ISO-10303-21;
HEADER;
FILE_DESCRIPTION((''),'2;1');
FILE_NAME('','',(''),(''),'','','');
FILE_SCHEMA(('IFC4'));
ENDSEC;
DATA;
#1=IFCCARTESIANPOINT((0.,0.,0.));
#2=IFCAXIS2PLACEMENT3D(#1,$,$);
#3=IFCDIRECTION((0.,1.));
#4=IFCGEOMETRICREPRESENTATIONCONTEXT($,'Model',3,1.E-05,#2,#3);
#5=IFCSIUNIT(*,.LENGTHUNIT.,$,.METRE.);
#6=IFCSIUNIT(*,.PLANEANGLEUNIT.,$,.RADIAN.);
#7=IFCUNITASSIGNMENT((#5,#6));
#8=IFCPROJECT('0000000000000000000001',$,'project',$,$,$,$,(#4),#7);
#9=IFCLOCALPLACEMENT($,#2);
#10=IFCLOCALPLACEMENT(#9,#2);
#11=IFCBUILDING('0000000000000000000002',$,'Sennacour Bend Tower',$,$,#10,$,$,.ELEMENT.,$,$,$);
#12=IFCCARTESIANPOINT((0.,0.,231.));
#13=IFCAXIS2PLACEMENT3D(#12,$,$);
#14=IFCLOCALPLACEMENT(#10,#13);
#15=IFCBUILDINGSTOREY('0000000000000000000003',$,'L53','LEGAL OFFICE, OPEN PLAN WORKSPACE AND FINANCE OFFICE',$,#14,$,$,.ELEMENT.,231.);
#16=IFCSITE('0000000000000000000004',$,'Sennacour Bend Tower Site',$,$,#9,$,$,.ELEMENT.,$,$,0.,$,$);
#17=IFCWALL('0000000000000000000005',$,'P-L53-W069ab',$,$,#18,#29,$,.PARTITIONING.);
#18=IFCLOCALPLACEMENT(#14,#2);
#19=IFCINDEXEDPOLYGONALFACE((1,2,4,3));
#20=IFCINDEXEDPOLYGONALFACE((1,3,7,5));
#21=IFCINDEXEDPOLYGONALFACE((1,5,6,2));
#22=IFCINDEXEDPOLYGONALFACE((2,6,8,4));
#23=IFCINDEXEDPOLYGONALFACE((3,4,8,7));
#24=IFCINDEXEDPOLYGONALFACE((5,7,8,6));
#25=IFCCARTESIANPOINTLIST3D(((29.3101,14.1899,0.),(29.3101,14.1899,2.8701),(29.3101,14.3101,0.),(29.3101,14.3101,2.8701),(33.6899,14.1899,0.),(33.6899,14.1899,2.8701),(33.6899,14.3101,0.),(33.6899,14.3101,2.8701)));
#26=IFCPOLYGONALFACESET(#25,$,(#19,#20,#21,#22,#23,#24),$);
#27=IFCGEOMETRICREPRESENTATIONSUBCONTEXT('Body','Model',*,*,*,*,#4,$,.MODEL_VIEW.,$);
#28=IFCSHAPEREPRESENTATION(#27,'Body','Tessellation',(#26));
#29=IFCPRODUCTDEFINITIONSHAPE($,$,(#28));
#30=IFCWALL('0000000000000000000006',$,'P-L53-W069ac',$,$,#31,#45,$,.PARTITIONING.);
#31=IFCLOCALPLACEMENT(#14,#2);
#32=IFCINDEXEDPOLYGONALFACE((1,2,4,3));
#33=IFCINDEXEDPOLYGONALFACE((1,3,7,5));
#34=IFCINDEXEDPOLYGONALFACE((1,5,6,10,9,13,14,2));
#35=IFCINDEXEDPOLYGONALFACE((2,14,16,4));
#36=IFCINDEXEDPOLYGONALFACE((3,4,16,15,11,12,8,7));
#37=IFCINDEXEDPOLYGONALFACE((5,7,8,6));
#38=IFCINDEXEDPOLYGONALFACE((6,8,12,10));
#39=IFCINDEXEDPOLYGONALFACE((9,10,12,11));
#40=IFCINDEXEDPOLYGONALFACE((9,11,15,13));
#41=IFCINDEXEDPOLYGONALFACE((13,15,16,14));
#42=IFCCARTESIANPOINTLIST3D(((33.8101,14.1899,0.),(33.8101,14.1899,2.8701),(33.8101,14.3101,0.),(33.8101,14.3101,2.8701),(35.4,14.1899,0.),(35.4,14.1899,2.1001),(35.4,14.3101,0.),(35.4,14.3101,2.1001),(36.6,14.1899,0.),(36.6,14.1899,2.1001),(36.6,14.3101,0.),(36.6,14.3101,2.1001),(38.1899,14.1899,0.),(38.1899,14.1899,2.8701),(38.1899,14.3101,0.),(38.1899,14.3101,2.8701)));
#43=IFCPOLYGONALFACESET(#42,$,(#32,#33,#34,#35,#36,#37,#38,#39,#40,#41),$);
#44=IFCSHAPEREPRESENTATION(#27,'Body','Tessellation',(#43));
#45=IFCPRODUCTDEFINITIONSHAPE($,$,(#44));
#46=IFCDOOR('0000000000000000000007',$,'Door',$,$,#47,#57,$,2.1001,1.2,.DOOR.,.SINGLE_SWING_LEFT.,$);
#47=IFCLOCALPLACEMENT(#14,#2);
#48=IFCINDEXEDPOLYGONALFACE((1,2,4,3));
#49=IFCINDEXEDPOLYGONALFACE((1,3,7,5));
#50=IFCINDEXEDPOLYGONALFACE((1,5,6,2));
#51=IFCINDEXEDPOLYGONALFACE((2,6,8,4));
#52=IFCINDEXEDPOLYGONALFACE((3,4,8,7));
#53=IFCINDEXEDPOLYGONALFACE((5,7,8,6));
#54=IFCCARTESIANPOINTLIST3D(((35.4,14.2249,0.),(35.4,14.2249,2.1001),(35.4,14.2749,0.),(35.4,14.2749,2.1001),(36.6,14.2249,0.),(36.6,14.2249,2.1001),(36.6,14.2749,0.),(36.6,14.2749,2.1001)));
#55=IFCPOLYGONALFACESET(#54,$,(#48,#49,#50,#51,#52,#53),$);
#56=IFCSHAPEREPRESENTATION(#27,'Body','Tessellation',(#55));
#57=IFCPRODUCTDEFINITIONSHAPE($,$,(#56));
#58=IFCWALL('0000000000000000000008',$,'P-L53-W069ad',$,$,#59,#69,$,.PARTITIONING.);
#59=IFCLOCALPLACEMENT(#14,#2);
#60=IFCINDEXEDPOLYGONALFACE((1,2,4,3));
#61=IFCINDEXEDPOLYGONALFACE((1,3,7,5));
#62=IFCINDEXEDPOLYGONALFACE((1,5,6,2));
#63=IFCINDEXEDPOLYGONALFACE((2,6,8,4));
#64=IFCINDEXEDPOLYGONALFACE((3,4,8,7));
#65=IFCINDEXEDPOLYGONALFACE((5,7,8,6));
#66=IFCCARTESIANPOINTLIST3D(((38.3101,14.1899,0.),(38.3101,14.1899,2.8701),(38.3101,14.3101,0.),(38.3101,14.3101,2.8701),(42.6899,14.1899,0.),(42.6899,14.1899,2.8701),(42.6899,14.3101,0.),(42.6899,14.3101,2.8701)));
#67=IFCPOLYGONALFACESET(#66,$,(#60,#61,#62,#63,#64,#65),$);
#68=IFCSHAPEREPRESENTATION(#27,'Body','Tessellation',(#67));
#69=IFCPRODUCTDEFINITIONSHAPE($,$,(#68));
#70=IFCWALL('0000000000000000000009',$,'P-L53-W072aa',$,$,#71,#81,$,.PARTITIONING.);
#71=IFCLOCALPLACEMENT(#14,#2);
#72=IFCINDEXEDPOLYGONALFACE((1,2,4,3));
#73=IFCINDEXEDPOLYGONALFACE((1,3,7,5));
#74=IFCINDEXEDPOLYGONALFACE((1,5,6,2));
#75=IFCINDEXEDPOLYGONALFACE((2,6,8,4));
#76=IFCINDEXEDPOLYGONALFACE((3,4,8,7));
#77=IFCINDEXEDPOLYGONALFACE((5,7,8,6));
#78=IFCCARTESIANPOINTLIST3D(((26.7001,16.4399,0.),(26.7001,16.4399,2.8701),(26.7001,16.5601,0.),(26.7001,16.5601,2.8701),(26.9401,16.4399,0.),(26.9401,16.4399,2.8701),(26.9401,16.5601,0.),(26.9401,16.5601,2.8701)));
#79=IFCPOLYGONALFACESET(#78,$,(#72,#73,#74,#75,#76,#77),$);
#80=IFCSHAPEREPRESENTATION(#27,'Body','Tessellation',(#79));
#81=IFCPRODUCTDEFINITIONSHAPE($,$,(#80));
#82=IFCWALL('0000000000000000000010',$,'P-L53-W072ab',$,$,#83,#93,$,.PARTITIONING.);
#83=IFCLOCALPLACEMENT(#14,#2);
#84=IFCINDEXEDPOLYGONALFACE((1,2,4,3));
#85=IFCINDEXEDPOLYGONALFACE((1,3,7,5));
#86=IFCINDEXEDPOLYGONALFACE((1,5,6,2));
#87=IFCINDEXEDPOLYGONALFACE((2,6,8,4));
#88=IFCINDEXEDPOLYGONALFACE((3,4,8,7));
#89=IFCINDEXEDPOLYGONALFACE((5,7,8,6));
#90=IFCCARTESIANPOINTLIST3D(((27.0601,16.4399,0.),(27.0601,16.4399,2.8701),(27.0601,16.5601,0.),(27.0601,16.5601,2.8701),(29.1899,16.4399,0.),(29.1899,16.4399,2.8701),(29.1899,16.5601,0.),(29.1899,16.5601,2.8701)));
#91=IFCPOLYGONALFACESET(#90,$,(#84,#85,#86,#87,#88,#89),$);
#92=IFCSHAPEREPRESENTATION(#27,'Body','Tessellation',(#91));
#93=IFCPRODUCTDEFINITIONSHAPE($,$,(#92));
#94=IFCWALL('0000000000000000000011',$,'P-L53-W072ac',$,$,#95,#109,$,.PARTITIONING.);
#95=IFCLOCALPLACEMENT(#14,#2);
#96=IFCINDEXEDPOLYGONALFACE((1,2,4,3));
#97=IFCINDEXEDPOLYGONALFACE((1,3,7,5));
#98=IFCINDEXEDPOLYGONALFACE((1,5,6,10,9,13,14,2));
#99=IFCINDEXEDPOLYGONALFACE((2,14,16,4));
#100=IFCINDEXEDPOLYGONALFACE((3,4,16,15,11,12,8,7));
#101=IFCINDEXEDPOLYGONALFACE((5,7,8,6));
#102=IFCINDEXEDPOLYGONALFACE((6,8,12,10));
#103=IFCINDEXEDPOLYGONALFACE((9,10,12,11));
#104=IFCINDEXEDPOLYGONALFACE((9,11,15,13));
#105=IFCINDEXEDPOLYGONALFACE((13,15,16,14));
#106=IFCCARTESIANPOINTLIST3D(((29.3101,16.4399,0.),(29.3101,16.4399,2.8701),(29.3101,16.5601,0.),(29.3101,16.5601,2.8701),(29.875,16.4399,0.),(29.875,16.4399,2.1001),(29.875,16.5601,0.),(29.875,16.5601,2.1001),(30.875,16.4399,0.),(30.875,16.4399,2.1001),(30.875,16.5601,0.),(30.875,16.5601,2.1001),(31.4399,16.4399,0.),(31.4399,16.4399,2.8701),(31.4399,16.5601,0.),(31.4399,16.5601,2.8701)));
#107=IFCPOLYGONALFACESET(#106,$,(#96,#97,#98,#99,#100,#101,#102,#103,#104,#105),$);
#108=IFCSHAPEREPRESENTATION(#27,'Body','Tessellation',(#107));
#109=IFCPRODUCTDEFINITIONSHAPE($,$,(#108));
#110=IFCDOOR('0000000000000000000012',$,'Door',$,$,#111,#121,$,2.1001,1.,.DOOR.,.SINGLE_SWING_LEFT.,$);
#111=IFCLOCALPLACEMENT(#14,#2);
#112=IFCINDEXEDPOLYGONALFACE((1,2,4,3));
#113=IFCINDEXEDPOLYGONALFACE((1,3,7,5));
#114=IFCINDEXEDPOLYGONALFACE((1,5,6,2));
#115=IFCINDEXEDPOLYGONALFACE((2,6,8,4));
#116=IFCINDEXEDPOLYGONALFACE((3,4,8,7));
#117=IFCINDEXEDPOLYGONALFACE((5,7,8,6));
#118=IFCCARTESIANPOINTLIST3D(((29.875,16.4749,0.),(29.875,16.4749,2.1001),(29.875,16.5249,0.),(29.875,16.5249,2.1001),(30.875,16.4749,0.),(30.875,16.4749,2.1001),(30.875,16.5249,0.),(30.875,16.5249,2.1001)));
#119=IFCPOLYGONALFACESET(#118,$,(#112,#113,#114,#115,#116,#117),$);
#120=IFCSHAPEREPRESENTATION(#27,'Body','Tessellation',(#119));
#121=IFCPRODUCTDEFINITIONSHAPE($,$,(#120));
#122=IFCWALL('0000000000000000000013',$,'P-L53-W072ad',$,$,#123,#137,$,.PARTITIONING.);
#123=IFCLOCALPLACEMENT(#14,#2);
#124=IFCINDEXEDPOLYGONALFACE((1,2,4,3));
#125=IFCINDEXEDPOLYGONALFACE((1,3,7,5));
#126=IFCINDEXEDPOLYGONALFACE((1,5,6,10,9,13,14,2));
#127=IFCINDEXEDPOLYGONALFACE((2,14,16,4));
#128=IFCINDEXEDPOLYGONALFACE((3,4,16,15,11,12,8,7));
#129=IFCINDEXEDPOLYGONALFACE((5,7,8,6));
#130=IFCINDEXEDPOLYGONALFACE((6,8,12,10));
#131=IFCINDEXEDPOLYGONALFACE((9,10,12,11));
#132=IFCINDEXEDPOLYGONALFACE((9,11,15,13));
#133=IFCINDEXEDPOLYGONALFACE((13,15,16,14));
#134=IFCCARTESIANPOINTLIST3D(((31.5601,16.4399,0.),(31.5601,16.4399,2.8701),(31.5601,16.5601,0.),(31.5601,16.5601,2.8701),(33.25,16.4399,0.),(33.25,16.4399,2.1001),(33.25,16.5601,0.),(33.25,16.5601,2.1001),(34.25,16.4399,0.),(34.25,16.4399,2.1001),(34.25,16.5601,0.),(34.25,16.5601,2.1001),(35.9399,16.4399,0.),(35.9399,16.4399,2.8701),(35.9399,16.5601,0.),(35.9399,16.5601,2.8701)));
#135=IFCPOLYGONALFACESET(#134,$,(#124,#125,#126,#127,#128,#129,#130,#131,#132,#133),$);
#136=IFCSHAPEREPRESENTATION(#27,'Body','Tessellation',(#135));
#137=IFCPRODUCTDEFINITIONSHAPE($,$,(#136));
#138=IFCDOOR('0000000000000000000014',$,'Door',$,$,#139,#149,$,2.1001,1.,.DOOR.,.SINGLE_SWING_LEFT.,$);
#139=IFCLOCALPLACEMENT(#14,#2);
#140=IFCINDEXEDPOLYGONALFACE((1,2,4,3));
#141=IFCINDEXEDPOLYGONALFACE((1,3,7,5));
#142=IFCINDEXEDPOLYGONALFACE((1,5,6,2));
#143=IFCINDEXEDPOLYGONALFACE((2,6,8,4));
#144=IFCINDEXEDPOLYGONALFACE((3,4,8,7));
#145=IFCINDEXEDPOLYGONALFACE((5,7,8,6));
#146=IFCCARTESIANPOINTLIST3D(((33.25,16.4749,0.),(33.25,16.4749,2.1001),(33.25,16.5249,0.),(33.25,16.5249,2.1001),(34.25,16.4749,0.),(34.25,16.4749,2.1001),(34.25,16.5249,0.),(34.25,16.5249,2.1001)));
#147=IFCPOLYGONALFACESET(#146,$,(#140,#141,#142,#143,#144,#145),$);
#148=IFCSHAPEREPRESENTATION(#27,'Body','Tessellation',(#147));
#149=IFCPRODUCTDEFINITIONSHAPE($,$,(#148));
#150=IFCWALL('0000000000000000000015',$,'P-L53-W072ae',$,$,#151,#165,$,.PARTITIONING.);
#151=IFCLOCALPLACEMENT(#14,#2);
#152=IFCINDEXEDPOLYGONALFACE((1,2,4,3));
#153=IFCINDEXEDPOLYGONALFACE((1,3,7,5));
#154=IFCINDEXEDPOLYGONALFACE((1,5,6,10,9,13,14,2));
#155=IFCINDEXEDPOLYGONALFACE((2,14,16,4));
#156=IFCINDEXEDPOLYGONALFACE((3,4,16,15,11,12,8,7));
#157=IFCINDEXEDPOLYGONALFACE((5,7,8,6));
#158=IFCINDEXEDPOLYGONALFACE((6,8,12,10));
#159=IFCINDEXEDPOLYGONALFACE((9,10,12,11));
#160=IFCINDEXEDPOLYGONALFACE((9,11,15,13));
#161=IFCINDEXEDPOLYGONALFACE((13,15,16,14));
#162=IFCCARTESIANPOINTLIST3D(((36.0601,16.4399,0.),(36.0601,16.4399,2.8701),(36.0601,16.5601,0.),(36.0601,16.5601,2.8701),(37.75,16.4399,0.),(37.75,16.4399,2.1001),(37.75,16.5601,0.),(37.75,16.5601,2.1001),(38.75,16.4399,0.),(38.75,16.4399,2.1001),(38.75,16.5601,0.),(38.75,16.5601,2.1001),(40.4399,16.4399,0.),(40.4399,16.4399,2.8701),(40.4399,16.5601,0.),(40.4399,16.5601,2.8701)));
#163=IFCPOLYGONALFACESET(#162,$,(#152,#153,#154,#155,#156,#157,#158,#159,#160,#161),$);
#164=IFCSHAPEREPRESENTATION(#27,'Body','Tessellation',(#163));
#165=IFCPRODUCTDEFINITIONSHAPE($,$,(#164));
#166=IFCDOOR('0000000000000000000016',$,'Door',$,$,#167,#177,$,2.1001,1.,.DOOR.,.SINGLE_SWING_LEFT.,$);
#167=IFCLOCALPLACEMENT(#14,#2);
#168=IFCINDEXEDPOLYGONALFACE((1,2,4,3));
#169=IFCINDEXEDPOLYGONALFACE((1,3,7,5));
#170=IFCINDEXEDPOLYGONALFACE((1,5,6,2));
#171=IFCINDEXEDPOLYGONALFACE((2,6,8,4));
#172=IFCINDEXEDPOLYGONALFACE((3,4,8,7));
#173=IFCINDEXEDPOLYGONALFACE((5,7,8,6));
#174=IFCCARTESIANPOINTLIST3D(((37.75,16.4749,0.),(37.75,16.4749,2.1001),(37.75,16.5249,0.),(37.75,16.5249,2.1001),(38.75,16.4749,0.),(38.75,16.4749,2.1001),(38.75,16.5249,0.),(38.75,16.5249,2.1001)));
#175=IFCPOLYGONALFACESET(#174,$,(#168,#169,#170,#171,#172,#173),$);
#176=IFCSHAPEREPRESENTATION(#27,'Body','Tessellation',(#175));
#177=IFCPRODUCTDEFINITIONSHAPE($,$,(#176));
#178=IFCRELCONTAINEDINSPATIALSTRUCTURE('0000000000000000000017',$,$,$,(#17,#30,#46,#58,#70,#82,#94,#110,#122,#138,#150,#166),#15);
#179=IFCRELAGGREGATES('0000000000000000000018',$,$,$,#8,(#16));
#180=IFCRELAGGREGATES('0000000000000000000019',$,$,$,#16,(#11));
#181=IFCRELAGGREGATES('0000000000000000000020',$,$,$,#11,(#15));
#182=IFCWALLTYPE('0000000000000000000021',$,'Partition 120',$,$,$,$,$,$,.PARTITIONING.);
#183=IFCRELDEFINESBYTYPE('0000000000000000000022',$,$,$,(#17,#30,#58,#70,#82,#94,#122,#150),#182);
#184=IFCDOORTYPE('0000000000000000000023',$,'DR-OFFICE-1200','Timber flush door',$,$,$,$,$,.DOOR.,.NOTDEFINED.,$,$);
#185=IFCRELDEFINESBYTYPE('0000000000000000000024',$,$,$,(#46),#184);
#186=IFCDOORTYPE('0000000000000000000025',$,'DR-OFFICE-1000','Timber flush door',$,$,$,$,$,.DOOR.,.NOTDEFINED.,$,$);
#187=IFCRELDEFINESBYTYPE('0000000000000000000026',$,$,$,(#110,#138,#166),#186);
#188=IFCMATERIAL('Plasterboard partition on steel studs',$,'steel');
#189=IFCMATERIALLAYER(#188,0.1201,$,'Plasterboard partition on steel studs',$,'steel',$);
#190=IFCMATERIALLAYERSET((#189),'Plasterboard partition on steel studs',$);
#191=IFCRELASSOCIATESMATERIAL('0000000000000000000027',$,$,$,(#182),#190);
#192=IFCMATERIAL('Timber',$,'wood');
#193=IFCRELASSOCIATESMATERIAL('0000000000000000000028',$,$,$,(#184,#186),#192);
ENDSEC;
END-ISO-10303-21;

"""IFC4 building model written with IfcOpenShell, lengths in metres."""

from ifc_helpers import new_model, si_unit, direction, frame, frame_2d, origin, place, context, subcontext, project, spatial, rectangle, extrude, material, layer, layer_set, type_object, element, fill, save


model = new_model("IFC4")

# Units and contexts
model_context = context("Model", 3, precision=1e-05, world=origin(), true_north=direction((0.0, 1.0)))
body_context = subcontext(model_context, "Body", "Model", "MODEL_VIEW")
ifc_project = project(units=[si_unit("LENGTHUNIT", "METRE"), si_unit("PLANEANGLEUNIT", "RADIAN")], contexts=[model_context])

# Site, building, storey
site_placement = place(None, origin())
site = spatial("IfcSite", under=ifc_project, at=site_placement, Name="Sennacour Bend Tower Site", CompositionType="ELEMENT", RefElevation=0.0)
building_placement = place(site_placement, origin())
building = spatial("IfcBuilding", under=site, at=building_placement, Name="Sennacour Bend Tower", CompositionType="ELEMENT")
storey_placement = place(building_placement, frame((0.0, 0.0, 231.0)))
storey = spatial("IfcBuildingStorey", under=building, at=storey_placement, Name="L53", Description="LEGAL OFFICE, OPEN PLAN WORKSPACE AND FINANCE OFFICE", CompositionType="ELEMENT", Elevation=231.0)

# Wall
ifc_material_1 = material(Name="Plasterboard partition on steel studs", Category="steel")
ifc_layer_1 = layer(ifc_material_1, 0.1201, Name="Plasterboard partition on steel studs", Category="steel")
ifc_layer_set_1 = layer_set([ifc_layer_1], Name="Plasterboard partition on steel studs")
wall_type_1 = type_object("IfcWallType", Name="Partition 120", PredefinedType="PARTITIONING", material=ifc_layer_set_1)
wall_1_placement = place(storey_placement, frame((29.3101, 14.25, 0.0), z_axis=(0.0, 0.0, 1.0), x_axis=(1.0, 0.0, 0.0)))
element("IfcWall", 1, at=wall_1_placement, inside=storey, type_object=wall_type_1, Name="P-L53-W069ab", PredefinedType="PARTITIONING", context=body_context, shape_type="SweptSolid", body=[
    extrude(rectangle(XDim=4.3799, YDim=0.1201, at=frame_2d((2.1899, 0.0))), origin(), (0.0, 0.0, 1.0), 2.8701),
])

# Wall, opening, door
wall_2_placement = place(storey_placement, frame((33.8101, 14.25, 0.0), z_axis=(0.0, 0.0, 1.0), x_axis=(1.0, 0.0, 0.0)))
wall_2 = element("IfcWall", 2, at=wall_2_placement, inside=storey, type_object=wall_type_1, Name="P-L53-W069ac", PredefinedType="PARTITIONING", context=body_context, shape_type="SweptSolid", body=[
    extrude(rectangle(XDim=4.3799, YDim=0.1201, at=frame_2d((2.1899, 0.0))), origin(), (0.0, 0.0, 1.0), 2.8701),
])
opening_1_placement = place(wall_2_placement, frame((1.5898, 0.0, 0.0)))
opening_1 = element("IfcOpeningElement", 3, at=opening_1_placement, cuts=wall_2, PredefinedType="OPENING", context=body_context, shape_type="SweptSolid", body=[
    extrude(rectangle(XDim=1.2, YDim=2.1001, at=frame_2d((0.6001, 1.05))), frame((0.0, 0.0701, 0.0), z_axis=(0.0, -1.0, 0.0), x_axis=(1.0, 0.0, 0.0)), (0.0, 0.0, 1.0), 0.1401),
])
ifc_material_2 = material(Name="Timber", Category="wood")
door_type_1 = type_object("IfcDoorType", Name="DR-OFFICE-1200", Description="Timber flush door", OperationType="NOTDEFINED", PredefinedType="DOOR", material=ifc_material_2)
door_1_placement = place(opening_1_placement, origin())
door_1 = element("IfcDoor", 4, at=door_1_placement, inside=storey, type_object=door_type_1, Name="Door", OperationType="SINGLE_SWING_LEFT", OverallHeight=2.1001, OverallWidth=1.2, PredefinedType="DOOR", context=body_context, shape_type="SweptSolid", body=[
    extrude(rectangle(XDim=1.2, YDim=2.1001, at=frame_2d((0.6001, 1.05))), frame((0.0, 0.0249, 0.0), z_axis=(0.0, -1.0, 0.0), x_axis=(1.0, 0.0, 0.0)), (0.0, 0.0, 1.0), 0.05),
])
fill(opening_1, door_1)

# Walls
wall_3_placement = place(storey_placement, frame((38.3101, 14.25, 0.0), z_axis=(0.0, 0.0, 1.0), x_axis=(1.0, 0.0, 0.0)))
element("IfcWall", 5, at=wall_3_placement, inside=storey, type_object=wall_type_1, Name="P-L53-W069ad", PredefinedType="PARTITIONING", context=body_context, shape_type="SweptSolid", body=[
    extrude(rectangle(XDim=4.3799, YDim=0.1201, at=frame_2d((2.1899, 0.0))), origin(), (0.0, 0.0, 1.0), 2.8701),
])
wall_4_placement = place(storey_placement, frame((26.7, 16.5, 0.0), z_axis=(0.0, 0.0, 1.0), x_axis=(1.0, 0.0, 0.0)))
element("IfcWall", 6, at=wall_4_placement, inside=storey, type_object=wall_type_1, Name="P-L53-W072aa", PredefinedType="PARTITIONING", context=body_context, shape_type="SweptSolid", body=[
    extrude(rectangle(XDim=0.24, YDim=0.1201, at=frame_2d((0.1201, 0.0))), origin(), (0.0, 0.0, 1.0), 2.8701),
])
wall_5_placement = place(storey_placement, frame((27.0601, 16.5, 0.0), z_axis=(0.0, 0.0, 1.0), x_axis=(1.0, 0.0, 0.0)))
element("IfcWall", 7, at=wall_5_placement, inside=storey, type_object=wall_type_1, Name="P-L53-W072ab", PredefinedType="PARTITIONING", context=body_context, shape_type="SweptSolid", body=[
    extrude(rectangle(XDim=2.1299, YDim=0.1201, at=frame_2d((1.0649, 0.0))), origin(), (0.0, 0.0, 1.0), 2.8701),
])

# Walls, openings, doors
wall_6_placement = place(storey_placement, frame((29.3101, 16.5, 0.0), z_axis=(0.0, 0.0, 1.0), x_axis=(1.0, 0.0, 0.0)))
wall_6 = element("IfcWall", 8, at=wall_6_placement, inside=storey, type_object=wall_type_1, Name="P-L53-W072ac", PredefinedType="PARTITIONING", context=body_context, shape_type="SweptSolid", body=[
    extrude(rectangle(XDim=2.1299, YDim=0.1201, at=frame_2d((1.0649, 0.0))), origin(), (0.0, 0.0, 1.0), 2.8701),
])
opening_2_placement = place(wall_6_placement, frame((0.5649, 0.0, 0.0)))
opening_2 = element("IfcOpeningElement", 9, at=opening_2_placement, cuts=wall_6, PredefinedType="OPENING", context=body_context, shape_type="SweptSolid", body=[
    extrude(rectangle(XDim=1.0, YDim=2.1001, at=frame_2d((0.5, 1.05))), frame((0.0, 0.0701, 0.0), z_axis=(0.0, -1.0, 0.0), x_axis=(1.0, 0.0, 0.0)), (0.0, 0.0, 1.0), 0.1401),
])
door_type_2 = type_object("IfcDoorType", Name="DR-OFFICE-1000", Description="Timber flush door", OperationType="NOTDEFINED", PredefinedType="DOOR", material=ifc_material_2)
door_2_placement = place(opening_2_placement, origin())
door_2 = element("IfcDoor", 10, at=door_2_placement, inside=storey, type_object=door_type_2, Name="Door", OperationType="SINGLE_SWING_LEFT", OverallHeight=2.1001, OverallWidth=1.0, PredefinedType="DOOR", context=body_context, shape_type="SweptSolid", body=[
    extrude(rectangle(XDim=1.0, YDim=2.1001, at=frame_2d((0.5, 1.05))), frame((0.0, 0.0249, 0.0), z_axis=(0.0, -1.0, 0.0), x_axis=(1.0, 0.0, 0.0)), (0.0, 0.0, 1.0), 0.05),
])
fill(opening_2, door_2)
wall_7_placement = place(storey_placement, frame((31.5601, 16.5, 0.0), z_axis=(0.0, 0.0, 1.0), x_axis=(1.0, 0.0, 0.0)))
wall_7 = element("IfcWall", 11, at=wall_7_placement, inside=storey, type_object=wall_type_1, Name="P-L53-W072ad", PredefinedType="PARTITIONING", context=body_context, shape_type="SweptSolid", body=[
    extrude(rectangle(XDim=4.3799, YDim=0.1201, at=frame_2d((2.1899, 0.0))), origin(), (0.0, 0.0, 1.0), 2.8701),
])
opening_3_placement = place(wall_7_placement, frame((1.6899, 0.0, 0.0)))
opening_3 = element("IfcOpeningElement", 12, at=opening_3_placement, cuts=wall_7, PredefinedType="OPENING", context=body_context, shape_type="SweptSolid", body=[
    extrude(rectangle(XDim=1.0, YDim=2.1001, at=frame_2d((0.5, 1.05))), frame((0.0, 0.0701, 0.0), z_axis=(0.0, -1.0, 0.0), x_axis=(1.0, 0.0, 0.0)), (0.0, 0.0, 1.0), 0.1401),
])
door_3_placement = place(opening_3_placement, origin())
door_3 = element("IfcDoor", 13, at=door_3_placement, inside=storey, type_object=door_type_2, Name="Door", OperationType="SINGLE_SWING_LEFT", OverallHeight=2.1001, OverallWidth=1.0, PredefinedType="DOOR", context=body_context, shape_type="SweptSolid", body=[
    extrude(rectangle(XDim=1.0, YDim=2.1001, at=frame_2d((0.5, 1.05))), frame((0.0, 0.0249, 0.0), z_axis=(0.0, -1.0, 0.0), x_axis=(1.0, 0.0, 0.0)), (0.0, 0.0, 1.0), 0.05),
])
fill(opening_3, door_3)
wall_8_placement = place(storey_placement, frame((36.0601, 16.5, 0.0), z_axis=(0.0, 0.0, 1.0), x_axis=(1.0, 0.0, 0.0)))
wall_8 = element("IfcWall", 14, at=wall_8_placement, inside=storey, type_object=wall_type_1, Name="P-L53-W072ae", PredefinedType="PARTITIONING", context=body_context, shape_type="SweptSolid", body=[
    extrude(rectangle(XDim=4.3799, YDim=0.1201, at=frame_2d((2.1899, 0.0))), origin(), (0.0, 0.0, 1.0), 2.8701),
])
opening_4_placement = place(wall_8_placement, frame((1.6899, 0.0, 0.0)))
opening_4 = element("IfcOpeningElement", 15, at=opening_4_placement, cuts=wall_8, PredefinedType="OPENING", context=body_context, shape_type="SweptSolid", body=[
    extrude(rectangle(XDim=1.0, YDim=2.1001, at=frame_2d((0.5, 1.05))), frame((0.0, 0.0701, 0.0), z_axis=(0.0, -1.0, 0.0), x_axis=(1.0, 0.0, 0.0)), (0.0, 0.0, 1.0), 0.1401),
])
door_4_placement = place(opening_4_placement, origin())
door_4 = element("IfcDoor", 16, at=door_4_placement, inside=storey, type_object=door_type_2, Name="Door", OperationType="SINGLE_SWING_LEFT", OverallHeight=2.1001, OverallWidth=1.0, PredefinedType="DOOR", context=body_context, shape_type="SweptSolid", body=[
    extrude(rectangle(XDim=1.0, YDim=2.1001, at=frame_2d((0.5, 1.05))), frame((0.0, 0.0249, 0.0), z_axis=(0.0, -1.0, 0.0), x_axis=(1.0, 0.0, 0.0)), (0.0, 0.0, 1.0), 0.05),
])
fill(opening_4, door_4)

save(model, "model.ifc")
